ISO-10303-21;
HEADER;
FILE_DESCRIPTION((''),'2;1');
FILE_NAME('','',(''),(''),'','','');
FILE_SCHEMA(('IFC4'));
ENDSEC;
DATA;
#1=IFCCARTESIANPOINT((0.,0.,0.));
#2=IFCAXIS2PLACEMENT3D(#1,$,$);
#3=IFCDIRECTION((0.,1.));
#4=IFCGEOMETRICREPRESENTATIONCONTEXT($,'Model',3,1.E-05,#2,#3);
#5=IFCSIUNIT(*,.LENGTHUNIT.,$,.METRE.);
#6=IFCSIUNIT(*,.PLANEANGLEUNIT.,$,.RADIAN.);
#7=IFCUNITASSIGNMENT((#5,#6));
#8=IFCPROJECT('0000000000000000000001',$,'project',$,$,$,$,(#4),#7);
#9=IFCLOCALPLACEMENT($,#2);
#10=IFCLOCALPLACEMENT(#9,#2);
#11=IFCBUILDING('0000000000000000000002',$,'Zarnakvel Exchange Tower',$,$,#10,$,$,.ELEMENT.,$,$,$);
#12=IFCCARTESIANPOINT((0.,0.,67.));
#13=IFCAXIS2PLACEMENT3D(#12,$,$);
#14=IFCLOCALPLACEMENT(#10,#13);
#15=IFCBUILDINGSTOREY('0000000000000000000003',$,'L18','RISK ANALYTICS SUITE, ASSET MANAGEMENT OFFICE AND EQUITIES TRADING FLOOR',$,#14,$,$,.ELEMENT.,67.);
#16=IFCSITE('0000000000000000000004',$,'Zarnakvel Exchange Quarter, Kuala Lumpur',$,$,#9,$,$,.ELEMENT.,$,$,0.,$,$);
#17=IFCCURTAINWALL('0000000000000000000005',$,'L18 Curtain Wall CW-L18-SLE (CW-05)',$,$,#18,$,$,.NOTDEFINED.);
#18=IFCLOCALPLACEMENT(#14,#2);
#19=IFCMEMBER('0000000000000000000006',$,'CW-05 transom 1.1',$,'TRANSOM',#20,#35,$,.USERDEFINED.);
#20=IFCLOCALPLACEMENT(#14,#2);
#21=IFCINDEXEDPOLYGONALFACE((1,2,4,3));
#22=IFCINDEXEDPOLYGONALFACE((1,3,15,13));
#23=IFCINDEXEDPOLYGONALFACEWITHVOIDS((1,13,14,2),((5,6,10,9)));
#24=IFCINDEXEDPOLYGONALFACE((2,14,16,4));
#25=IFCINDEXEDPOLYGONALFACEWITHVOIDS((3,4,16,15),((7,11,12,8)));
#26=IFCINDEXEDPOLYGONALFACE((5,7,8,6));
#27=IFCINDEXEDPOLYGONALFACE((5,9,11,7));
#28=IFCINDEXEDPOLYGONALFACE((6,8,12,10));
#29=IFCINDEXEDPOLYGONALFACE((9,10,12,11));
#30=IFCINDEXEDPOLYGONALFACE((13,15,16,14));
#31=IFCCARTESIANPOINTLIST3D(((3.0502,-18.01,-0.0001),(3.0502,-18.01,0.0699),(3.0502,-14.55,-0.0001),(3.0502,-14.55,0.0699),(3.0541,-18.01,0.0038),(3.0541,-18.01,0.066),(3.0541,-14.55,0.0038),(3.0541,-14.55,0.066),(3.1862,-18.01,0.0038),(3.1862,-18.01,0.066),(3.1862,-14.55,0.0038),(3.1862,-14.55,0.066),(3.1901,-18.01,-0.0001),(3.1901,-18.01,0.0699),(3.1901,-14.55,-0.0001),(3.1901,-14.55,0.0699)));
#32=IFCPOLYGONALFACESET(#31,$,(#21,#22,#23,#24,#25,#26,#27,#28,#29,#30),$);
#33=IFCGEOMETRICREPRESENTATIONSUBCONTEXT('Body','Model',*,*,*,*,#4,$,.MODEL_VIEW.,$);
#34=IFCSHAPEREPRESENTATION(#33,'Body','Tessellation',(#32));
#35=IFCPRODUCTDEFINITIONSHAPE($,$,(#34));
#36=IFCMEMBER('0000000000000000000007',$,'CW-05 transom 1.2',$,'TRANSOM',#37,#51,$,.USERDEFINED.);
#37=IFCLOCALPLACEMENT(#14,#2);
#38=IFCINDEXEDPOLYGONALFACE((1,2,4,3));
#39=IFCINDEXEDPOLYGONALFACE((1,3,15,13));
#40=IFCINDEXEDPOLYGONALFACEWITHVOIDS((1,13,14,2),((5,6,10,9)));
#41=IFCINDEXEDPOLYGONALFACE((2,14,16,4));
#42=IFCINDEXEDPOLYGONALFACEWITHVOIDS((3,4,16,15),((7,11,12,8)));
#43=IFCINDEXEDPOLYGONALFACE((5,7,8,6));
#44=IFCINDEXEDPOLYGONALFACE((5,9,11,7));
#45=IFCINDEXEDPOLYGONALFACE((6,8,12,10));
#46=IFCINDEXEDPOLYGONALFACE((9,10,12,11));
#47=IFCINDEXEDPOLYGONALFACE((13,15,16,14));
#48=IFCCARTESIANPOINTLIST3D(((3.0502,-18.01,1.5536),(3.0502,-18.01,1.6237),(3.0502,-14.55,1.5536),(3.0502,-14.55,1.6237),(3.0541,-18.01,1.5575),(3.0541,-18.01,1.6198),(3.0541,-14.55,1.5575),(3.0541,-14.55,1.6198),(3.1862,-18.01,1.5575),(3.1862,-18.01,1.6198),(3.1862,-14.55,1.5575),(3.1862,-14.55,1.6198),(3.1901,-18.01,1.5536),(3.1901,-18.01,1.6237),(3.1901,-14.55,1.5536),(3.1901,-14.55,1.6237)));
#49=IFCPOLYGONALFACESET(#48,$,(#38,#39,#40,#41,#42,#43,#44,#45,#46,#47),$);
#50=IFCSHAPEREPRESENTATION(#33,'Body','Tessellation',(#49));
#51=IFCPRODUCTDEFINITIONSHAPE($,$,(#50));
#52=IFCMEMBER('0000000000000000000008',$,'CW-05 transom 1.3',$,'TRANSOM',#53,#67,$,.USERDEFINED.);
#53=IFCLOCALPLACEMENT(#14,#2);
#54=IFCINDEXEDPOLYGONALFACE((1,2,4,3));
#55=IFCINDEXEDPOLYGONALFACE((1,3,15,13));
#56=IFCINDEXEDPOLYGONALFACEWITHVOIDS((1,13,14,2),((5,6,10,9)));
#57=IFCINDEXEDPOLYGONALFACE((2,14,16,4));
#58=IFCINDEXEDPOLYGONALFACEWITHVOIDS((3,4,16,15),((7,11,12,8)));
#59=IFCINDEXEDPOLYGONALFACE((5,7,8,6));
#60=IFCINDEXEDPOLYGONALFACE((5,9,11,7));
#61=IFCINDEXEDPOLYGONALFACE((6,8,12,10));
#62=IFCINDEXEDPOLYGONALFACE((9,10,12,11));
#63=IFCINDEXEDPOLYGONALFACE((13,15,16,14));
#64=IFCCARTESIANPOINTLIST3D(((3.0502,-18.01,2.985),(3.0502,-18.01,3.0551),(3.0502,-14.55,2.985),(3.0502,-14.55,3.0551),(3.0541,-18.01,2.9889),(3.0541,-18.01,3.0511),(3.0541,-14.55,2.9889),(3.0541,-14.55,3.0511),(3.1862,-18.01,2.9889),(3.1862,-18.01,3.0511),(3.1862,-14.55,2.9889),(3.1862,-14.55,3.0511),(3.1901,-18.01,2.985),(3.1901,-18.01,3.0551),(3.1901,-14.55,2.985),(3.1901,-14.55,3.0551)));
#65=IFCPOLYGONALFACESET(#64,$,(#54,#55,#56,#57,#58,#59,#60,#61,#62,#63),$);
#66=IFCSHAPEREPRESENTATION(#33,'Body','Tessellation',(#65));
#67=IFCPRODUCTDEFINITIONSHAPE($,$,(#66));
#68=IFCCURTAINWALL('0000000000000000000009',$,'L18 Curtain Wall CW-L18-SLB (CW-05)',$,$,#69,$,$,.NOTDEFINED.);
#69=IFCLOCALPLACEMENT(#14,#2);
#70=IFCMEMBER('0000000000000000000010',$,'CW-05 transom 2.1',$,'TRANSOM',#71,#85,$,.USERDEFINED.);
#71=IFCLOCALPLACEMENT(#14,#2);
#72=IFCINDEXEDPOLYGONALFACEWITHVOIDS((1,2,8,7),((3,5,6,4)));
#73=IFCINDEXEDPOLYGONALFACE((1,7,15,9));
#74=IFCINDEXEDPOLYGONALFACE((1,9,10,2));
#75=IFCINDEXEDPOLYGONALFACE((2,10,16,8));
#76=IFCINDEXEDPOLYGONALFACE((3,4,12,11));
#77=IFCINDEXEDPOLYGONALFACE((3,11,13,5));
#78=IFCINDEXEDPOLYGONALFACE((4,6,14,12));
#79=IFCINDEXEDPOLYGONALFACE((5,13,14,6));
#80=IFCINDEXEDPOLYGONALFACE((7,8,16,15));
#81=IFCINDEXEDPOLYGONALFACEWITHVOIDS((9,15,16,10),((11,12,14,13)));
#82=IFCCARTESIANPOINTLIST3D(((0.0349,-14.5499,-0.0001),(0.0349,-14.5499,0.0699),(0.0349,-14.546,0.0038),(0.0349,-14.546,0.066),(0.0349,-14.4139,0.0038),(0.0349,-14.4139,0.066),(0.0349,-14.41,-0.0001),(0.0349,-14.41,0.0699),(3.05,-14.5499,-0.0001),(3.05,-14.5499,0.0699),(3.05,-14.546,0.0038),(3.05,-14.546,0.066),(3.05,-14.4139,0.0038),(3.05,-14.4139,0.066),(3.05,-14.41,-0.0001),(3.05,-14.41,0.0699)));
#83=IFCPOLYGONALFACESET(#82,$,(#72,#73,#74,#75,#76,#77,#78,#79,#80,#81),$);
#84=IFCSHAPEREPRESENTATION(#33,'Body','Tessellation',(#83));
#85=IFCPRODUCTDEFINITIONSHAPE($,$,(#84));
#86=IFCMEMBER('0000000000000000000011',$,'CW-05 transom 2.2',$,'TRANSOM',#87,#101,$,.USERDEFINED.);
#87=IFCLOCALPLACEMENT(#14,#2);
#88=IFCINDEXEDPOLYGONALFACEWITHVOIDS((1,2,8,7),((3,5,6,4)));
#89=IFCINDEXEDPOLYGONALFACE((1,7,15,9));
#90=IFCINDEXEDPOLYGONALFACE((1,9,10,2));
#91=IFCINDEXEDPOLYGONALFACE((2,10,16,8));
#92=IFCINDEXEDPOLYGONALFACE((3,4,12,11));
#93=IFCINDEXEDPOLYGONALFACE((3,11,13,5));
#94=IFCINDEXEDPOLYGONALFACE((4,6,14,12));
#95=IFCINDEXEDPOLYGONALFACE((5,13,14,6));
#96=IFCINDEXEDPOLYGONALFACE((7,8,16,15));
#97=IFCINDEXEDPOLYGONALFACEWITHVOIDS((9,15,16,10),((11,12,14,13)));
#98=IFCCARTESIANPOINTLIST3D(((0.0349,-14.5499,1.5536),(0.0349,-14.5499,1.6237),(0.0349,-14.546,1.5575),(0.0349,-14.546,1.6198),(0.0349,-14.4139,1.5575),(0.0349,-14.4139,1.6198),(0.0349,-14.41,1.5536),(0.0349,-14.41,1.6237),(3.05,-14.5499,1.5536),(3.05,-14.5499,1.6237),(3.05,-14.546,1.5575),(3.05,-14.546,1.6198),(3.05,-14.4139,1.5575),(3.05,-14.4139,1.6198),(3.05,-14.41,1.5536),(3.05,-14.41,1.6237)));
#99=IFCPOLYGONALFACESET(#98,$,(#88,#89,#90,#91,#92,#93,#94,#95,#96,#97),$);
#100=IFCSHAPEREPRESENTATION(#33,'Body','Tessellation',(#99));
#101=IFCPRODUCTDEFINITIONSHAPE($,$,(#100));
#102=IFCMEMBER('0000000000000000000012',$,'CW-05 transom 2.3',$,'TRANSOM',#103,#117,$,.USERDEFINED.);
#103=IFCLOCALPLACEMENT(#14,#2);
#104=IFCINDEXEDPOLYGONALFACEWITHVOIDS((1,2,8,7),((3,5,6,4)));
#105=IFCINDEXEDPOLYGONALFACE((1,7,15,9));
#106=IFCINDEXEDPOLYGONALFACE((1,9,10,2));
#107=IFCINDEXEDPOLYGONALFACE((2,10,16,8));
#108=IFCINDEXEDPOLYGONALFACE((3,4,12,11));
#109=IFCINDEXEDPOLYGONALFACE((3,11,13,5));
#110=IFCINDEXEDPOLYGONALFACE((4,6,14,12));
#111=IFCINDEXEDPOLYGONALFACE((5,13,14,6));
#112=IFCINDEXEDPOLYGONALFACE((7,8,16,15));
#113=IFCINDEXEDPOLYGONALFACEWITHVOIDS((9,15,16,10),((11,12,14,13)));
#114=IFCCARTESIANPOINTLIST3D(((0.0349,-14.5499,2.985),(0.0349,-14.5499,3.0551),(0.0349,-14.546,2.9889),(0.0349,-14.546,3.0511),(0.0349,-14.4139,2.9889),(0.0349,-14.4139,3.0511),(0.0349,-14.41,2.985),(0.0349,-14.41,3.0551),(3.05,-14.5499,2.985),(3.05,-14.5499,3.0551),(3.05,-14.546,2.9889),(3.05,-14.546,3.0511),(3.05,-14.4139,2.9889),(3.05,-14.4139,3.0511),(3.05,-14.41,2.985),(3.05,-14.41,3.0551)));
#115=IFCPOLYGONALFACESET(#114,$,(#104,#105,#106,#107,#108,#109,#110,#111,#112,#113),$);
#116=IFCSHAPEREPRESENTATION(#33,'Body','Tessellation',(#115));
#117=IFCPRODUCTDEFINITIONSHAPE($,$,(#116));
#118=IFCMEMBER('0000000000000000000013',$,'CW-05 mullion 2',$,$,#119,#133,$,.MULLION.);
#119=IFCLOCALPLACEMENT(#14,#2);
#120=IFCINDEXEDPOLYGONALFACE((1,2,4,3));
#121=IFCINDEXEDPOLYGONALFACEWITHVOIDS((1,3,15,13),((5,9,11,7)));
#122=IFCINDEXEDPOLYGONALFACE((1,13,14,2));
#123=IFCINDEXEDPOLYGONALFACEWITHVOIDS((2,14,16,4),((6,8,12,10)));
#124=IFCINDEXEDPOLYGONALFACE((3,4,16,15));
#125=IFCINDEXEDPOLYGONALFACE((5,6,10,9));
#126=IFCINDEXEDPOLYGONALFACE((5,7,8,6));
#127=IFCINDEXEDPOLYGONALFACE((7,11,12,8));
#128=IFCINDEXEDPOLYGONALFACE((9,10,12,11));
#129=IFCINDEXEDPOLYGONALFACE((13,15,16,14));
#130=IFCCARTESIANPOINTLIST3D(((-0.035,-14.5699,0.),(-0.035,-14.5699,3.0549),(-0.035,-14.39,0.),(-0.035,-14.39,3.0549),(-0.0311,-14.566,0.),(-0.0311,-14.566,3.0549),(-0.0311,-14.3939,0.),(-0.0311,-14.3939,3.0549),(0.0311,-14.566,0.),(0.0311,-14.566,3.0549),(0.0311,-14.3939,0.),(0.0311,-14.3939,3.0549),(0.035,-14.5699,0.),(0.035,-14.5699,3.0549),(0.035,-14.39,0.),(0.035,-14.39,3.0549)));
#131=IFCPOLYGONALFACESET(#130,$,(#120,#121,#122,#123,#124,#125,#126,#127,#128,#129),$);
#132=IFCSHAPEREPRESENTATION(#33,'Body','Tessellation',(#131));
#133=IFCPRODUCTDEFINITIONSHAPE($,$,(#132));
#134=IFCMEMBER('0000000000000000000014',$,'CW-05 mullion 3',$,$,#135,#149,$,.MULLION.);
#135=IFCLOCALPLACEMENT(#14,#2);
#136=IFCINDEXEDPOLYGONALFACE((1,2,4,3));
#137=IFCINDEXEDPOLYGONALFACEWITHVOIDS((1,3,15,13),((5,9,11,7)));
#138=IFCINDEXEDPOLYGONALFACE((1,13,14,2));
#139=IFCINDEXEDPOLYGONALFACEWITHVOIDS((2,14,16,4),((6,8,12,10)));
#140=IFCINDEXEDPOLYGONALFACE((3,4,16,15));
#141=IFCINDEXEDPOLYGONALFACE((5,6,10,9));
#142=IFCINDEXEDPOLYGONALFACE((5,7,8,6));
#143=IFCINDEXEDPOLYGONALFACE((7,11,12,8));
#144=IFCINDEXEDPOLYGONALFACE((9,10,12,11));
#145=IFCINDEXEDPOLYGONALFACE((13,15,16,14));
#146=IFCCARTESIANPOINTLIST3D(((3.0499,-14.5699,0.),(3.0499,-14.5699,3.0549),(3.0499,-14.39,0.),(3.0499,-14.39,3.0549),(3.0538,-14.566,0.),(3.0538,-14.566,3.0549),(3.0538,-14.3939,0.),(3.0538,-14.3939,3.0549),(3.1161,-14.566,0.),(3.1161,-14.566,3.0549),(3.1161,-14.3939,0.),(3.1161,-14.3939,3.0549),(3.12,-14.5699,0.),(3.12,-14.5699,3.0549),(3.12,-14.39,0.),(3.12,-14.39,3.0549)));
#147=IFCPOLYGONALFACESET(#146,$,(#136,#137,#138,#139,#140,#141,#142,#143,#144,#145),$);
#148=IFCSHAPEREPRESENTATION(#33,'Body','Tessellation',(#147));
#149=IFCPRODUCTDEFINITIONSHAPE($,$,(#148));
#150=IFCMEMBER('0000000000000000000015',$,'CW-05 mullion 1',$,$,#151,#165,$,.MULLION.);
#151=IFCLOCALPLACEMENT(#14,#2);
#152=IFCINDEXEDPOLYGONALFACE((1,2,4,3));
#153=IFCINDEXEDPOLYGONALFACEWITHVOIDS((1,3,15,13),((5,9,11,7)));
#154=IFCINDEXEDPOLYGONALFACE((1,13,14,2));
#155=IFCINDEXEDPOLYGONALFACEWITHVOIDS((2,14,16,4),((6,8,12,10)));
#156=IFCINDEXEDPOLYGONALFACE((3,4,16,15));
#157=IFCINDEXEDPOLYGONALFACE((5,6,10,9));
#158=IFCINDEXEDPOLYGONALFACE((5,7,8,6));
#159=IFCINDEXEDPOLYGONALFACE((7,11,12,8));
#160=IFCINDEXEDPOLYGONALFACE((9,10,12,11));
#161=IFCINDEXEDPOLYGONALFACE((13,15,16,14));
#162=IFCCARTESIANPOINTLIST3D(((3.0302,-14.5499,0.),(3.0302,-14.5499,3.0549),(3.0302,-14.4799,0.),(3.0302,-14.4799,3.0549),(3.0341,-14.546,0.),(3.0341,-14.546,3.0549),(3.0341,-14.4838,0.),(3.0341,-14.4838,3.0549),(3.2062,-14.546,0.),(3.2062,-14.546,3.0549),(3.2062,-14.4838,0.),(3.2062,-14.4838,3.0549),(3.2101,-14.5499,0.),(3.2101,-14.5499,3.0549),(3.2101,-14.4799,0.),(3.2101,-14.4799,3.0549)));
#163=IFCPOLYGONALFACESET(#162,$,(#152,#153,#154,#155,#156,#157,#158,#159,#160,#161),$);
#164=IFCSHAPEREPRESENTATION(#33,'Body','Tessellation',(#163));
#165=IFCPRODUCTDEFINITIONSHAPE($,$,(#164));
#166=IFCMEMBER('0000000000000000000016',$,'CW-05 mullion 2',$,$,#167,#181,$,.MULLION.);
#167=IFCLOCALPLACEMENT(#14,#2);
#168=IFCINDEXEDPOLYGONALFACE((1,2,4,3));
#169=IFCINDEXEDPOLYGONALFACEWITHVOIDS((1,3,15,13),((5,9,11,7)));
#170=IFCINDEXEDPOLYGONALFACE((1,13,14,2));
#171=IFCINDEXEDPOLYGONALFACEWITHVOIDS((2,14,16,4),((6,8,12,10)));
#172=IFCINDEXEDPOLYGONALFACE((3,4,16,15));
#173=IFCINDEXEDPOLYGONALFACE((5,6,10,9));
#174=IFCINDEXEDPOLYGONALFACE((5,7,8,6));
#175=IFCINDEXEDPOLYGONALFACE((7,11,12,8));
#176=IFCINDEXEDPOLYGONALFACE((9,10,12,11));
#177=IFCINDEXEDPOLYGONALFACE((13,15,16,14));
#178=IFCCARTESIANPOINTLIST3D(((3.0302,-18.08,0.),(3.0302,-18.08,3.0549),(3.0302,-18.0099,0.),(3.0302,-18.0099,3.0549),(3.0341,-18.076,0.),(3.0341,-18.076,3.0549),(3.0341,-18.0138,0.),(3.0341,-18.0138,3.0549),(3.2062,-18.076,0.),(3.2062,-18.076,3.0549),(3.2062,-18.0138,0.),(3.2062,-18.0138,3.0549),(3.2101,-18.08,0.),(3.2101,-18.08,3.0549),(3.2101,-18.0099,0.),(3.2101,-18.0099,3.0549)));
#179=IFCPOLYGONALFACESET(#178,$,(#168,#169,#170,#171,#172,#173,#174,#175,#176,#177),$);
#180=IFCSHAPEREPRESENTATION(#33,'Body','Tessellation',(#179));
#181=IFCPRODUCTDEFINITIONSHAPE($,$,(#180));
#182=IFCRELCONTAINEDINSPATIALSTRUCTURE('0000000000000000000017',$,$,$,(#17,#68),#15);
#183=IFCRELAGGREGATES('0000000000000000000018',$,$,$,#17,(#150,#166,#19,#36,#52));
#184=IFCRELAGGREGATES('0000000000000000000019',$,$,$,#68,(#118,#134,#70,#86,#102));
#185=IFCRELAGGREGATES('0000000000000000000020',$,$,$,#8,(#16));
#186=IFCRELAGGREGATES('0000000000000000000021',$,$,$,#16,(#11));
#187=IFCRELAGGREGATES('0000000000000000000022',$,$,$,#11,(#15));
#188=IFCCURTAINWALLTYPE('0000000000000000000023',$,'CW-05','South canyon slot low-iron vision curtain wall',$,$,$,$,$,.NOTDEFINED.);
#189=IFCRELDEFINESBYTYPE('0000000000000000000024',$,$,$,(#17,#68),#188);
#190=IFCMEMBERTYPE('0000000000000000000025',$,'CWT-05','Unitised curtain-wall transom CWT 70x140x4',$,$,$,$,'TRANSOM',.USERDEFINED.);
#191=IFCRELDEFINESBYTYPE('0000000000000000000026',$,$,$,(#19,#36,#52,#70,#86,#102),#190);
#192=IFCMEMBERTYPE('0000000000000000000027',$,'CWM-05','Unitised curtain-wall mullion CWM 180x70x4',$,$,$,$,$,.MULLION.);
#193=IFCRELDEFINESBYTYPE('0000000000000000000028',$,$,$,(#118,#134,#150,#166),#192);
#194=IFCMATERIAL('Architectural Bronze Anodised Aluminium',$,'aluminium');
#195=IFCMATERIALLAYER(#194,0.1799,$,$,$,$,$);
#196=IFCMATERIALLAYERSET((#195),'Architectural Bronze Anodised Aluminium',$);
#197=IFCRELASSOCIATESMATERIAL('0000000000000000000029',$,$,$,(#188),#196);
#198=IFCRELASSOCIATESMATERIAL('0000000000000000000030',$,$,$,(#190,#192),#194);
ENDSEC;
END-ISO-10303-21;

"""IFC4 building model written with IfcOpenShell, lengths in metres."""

from ifc_helpers import new_model, si_unit, direction, frame, origin, origin_2d, place, context, subcontext, project, spatial, hollow_rectangle, extrude, source, transform, mapped, material, layer, layer_set, material_profile, profile_set, type_object, element, aggregate, save


model = new_model("IFC4")

# Units and contexts
model_context = context("Model", 3, precision=1e-05, world=origin(), true_north=direction((0.0, 1.0)))
body_context = subcontext(model_context, "Body", "Model", "MODEL_VIEW")
ifc_project = project(units=[si_unit("LENGTHUNIT", "METRE"), si_unit("PLANEANGLEUNIT", "RADIAN")], contexts=[model_context])

# Site, building, storey
site_placement = place(None, origin())
site = spatial("IfcSite", under=ifc_project, at=site_placement, Name="Zarnakvel Exchange Quarter, Kuala Lumpur", CompositionType="ELEMENT", RefElevation=0.0)
building_placement = place(site_placement, origin())
building = spatial("IfcBuilding", under=site, at=building_placement, Name="Zarnakvel Exchange Tower", CompositionType="ELEMENT")
storey_placement = place(building_placement, frame((0.0, 0.0, 67.0)))
storey = spatial("IfcBuildingStorey", under=building, at=storey_placement, Name="L18", Description="RISK ANALYTICS SUITE, ASSET MANAGEMENT OFFICE AND EQUITIES TRADING FLOOR", CompositionType="ELEMENT", Elevation=67.0)

# Curtain walls, members
ifc_material_1 = material(Name="Architectural Bronze Anodised Aluminium", Category="aluminium")
ifc_layer_1 = layer(ifc_material_1, 0.1799)
ifc_layer_set_1 = layer_set([ifc_layer_1], Name="Architectural Bronze Anodised Aluminium")
curtain_wall_type = type_object("IfcCurtainWallType", Name="CW-05", Description="South canyon slot low-iron vision curtain wall", PredefinedType="NOTDEFINED", material=ifc_layer_set_1)
curtain_wall_1_placement = place(storey_placement, origin())
curtain_wall_1 = element("IfcCurtainWall", 1, at=curtain_wall_1_placement, inside=storey, type_object=curtain_wall_type, Name="L18 Curtain Wall CW-L18-SLE (CW-05)", PredefinedType="NOTDEFINED")
ifc_material_profile_1 = material_profile(ifc_material_1, hollow_rectangle(XDim=0.1399, YDim=0.0701, WallThickness=0.0039, at=origin_2d()))
ifc_profile_set_1 = profile_set([ifc_material_profile_1], Name="Architectural Bronze Anodised Aluminium")
member_type_1 = type_object("IfcMemberType", Name="CWT-05", Description="Unitised curtain-wall transom CWT 70x140x4", ElementType="TRANSOM", PredefinedType="USERDEFINED", material=ifc_profile_set_1)
shared_shape_1 = source(origin(), body_context, "Body", "SweptSolid", [
    extrude(hollow_rectangle(XDim=0.1399, YDim=0.0701, WallThickness=0.0039, at=origin_2d()), origin(), (0.0, 0.0, 1.0), 3.46),
])
member_1_placement = place(storey_placement, frame((3.1201, -14.55, 0.0349), z_axis=(0.0, -1.0, 0.0), x_axis=(1.0, 0.0, 0.0)))
member_1 = element("IfcMember", 2, at=member_1_placement, type_object=member_type_1, Name="CW-05 transom 1.1", ObjectType="TRANSOM", PredefinedType="USERDEFINED", context=body_context, shape_type="MappedRepresentation", body=[
    mapped(shared_shape_1, transform((0.0, 0.0, 0.0), x_axis=(1.0, 0.0, 0.0), y_axis=(0.0, 1.0, 0.0), z_axis=(0.0, 0.0, 1.0), scale=1.0)),
])
member_2_placement = place(storey_placement, frame((3.1201, -14.55, 1.5886), z_axis=(0.0, -1.0, 0.0), x_axis=(1.0, 0.0, 0.0)))
member_2 = element("IfcMember", 3, at=member_2_placement, type_object=member_type_1, Name="CW-05 transom 1.2", ObjectType="TRANSOM", PredefinedType="USERDEFINED", context=body_context, shape_type="MappedRepresentation", body=[
    mapped(shared_shape_1, transform((0.0, 0.0, 0.0), x_axis=(1.0, 0.0, 0.0), y_axis=(0.0, 1.0, 0.0), z_axis=(0.0, 0.0, 1.0), scale=1.0)),
])
member_3_placement = place(storey_placement, frame((3.1201, -14.55, 3.02), z_axis=(0.0, -1.0, 0.0), x_axis=(1.0, 0.0, 0.0)))
member_3 = element("IfcMember", 4, at=member_3_placement, type_object=member_type_1, Name="CW-05 transom 1.3", ObjectType="TRANSOM", PredefinedType="USERDEFINED", context=body_context, shape_type="MappedRepresentation", body=[
    mapped(shared_shape_1, transform((0.0, 0.0, 0.0), x_axis=(1.0, 0.0, 0.0), y_axis=(0.0, 1.0, 0.0), z_axis=(0.0, 0.0, 1.0), scale=1.0)),
])
curtain_wall_2_placement = place(storey_placement, origin())
curtain_wall_2 = element("IfcCurtainWall", 5, at=curtain_wall_2_placement, inside=storey, type_object=curtain_wall_type, Name="L18 Curtain Wall CW-L18-SLB (CW-05)", PredefinedType="NOTDEFINED")
shared_shape_2 = source(origin(), body_context, "Body", "SweptSolid", [
    extrude(hollow_rectangle(XDim=0.1399, YDim=0.0701, WallThickness=0.0039, at=origin_2d()), origin(), (0.0, 0.0, 1.0), 3.0151),
])
member_4_placement = place(storey_placement, frame((0.0349, -14.48, 0.0349), z_axis=(1.0, 0.0, 0.0), x_axis=(0.0, 1.0, 0.0)))
member_4 = element("IfcMember", 6, at=member_4_placement, type_object=member_type_1, Name="CW-05 transom 2.1", ObjectType="TRANSOM", PredefinedType="USERDEFINED", context=body_context, shape_type="MappedRepresentation", body=[
    mapped(shared_shape_2, transform((0.0, 0.0, 0.0), x_axis=(1.0, 0.0, 0.0), y_axis=(0.0, 1.0, 0.0), z_axis=(0.0, 0.0, 1.0), scale=1.0)),
])
member_5_placement = place(storey_placement, frame((0.0349, -14.48, 1.5886), z_axis=(1.0, 0.0, 0.0), x_axis=(0.0, 1.0, 0.0)))
member_5 = element("IfcMember", 7, at=member_5_placement, type_object=member_type_1, Name="CW-05 transom 2.2", ObjectType="TRANSOM", PredefinedType="USERDEFINED", context=body_context, shape_type="MappedRepresentation", body=[
    mapped(shared_shape_2, transform((0.0, 0.0, 0.0), x_axis=(1.0, 0.0, 0.0), y_axis=(0.0, 1.0, 0.0), z_axis=(0.0, 0.0, 1.0), scale=1.0)),
])
member_6_placement = place(storey_placement, frame((0.0349, -14.48, 3.02), z_axis=(1.0, 0.0, 0.0), x_axis=(0.0, 1.0, 0.0)))
member_6 = element("IfcMember", 8, at=member_6_placement, type_object=member_type_1, Name="CW-05 transom 2.3", ObjectType="TRANSOM", PredefinedType="USERDEFINED", context=body_context, shape_type="MappedRepresentation", body=[
    mapped(shared_shape_2, transform((0.0, 0.0, 0.0), x_axis=(1.0, 0.0, 0.0), y_axis=(0.0, 1.0, 0.0), z_axis=(0.0, 0.0, 1.0), scale=1.0)),
])
ifc_material_profile_2 = material_profile(ifc_material_1, hollow_rectangle(XDim=0.1799, YDim=0.0701, WallThickness=0.0039, at=origin_2d()))
ifc_profile_set_2 = profile_set([ifc_material_profile_2], Name="Architectural Bronze Anodised Aluminium")
member_type_2 = type_object("IfcMemberType", Name="CWM-05", Description="Unitised curtain-wall mullion CWM 180x70x4", PredefinedType="MULLION", material=ifc_profile_set_2)
shared_shape_3 = source(origin(), body_context, "Body", "SweptSolid", [
    extrude(hollow_rectangle(XDim=0.1799, YDim=0.0701, WallThickness=0.0039, at=origin_2d()), origin(), (0.0, 0.0, 1.0), 3.0549),
])
member_7_placement = place(storey_placement, frame((0.0, -14.48, 0.0), z_axis=(0.0, 0.0, 1.0), x_axis=(0.0, 1.0, 0.0)))
member_7 = element("IfcMember", 9, at=member_7_placement, type_object=member_type_2, Name="CW-05 mullion 2", PredefinedType="MULLION", context=body_context, shape_type="MappedRepresentation", body=[
    mapped(shared_shape_3, transform((0.0, 0.0, 0.0), x_axis=(1.0, 0.0, 0.0), y_axis=(0.0, 1.0, 0.0), z_axis=(0.0, 0.0, 1.0), scale=1.0)),
])
member_8_placement = place(storey_placement, frame((3.085, -14.48, 0.0), z_axis=(0.0, 0.0, 1.0), x_axis=(0.0, 1.0, 0.0)))
member_8 = element("IfcMember", 10, at=member_8_placement, type_object=member_type_2, Name="CW-05 mullion 3", PredefinedType="MULLION", context=body_context, shape_type="MappedRepresentation", body=[
    mapped(shared_shape_3, transform((0.0, 0.0, 0.0), x_axis=(1.0, 0.0, 0.0), y_axis=(0.0, 1.0, 0.0), z_axis=(0.0, 0.0, 1.0), scale=1.0)),
])

# Members
member_9_placement = place(storey_placement, frame((3.1201, -14.5149, 0.0), z_axis=(0.0, 0.0, 1.0), x_axis=(1.0, 0.0, 0.0)))
member_9 = element("IfcMember", 11, at=member_9_placement, type_object=member_type_2, Name="CW-05 mullion 1", PredefinedType="MULLION", context=body_context, shape_type="MappedRepresentation", body=[
    mapped(shared_shape_3, transform((0.0, 0.0, 0.0), x_axis=(1.0, 0.0, 0.0), y_axis=(0.0, 1.0, 0.0), z_axis=(0.0, 0.0, 1.0), scale=1.0)),
])
member_10_placement = place(storey_placement, frame((3.1201, -18.0449, 0.0), z_axis=(0.0, 0.0, 1.0), x_axis=(1.0, 0.0, 0.0)))
member_10 = element("IfcMember", 12, at=member_10_placement, type_object=member_type_2, Name="CW-05 mullion 2", PredefinedType="MULLION", context=body_context, shape_type="MappedRepresentation", body=[
    mapped(shared_shape_3, transform((0.0, 0.0, 0.0), x_axis=(1.0, 0.0, 0.0), y_axis=(0.0, 1.0, 0.0), z_axis=(0.0, 0.0, 1.0), scale=1.0)),
])

aggregate(curtain_wall_1, [member_9, member_10, member_1, member_2, member_3])
aggregate(curtain_wall_2, [member_7, member_8, member_4, member_5, member_6])

save(model, "model.ifc")
